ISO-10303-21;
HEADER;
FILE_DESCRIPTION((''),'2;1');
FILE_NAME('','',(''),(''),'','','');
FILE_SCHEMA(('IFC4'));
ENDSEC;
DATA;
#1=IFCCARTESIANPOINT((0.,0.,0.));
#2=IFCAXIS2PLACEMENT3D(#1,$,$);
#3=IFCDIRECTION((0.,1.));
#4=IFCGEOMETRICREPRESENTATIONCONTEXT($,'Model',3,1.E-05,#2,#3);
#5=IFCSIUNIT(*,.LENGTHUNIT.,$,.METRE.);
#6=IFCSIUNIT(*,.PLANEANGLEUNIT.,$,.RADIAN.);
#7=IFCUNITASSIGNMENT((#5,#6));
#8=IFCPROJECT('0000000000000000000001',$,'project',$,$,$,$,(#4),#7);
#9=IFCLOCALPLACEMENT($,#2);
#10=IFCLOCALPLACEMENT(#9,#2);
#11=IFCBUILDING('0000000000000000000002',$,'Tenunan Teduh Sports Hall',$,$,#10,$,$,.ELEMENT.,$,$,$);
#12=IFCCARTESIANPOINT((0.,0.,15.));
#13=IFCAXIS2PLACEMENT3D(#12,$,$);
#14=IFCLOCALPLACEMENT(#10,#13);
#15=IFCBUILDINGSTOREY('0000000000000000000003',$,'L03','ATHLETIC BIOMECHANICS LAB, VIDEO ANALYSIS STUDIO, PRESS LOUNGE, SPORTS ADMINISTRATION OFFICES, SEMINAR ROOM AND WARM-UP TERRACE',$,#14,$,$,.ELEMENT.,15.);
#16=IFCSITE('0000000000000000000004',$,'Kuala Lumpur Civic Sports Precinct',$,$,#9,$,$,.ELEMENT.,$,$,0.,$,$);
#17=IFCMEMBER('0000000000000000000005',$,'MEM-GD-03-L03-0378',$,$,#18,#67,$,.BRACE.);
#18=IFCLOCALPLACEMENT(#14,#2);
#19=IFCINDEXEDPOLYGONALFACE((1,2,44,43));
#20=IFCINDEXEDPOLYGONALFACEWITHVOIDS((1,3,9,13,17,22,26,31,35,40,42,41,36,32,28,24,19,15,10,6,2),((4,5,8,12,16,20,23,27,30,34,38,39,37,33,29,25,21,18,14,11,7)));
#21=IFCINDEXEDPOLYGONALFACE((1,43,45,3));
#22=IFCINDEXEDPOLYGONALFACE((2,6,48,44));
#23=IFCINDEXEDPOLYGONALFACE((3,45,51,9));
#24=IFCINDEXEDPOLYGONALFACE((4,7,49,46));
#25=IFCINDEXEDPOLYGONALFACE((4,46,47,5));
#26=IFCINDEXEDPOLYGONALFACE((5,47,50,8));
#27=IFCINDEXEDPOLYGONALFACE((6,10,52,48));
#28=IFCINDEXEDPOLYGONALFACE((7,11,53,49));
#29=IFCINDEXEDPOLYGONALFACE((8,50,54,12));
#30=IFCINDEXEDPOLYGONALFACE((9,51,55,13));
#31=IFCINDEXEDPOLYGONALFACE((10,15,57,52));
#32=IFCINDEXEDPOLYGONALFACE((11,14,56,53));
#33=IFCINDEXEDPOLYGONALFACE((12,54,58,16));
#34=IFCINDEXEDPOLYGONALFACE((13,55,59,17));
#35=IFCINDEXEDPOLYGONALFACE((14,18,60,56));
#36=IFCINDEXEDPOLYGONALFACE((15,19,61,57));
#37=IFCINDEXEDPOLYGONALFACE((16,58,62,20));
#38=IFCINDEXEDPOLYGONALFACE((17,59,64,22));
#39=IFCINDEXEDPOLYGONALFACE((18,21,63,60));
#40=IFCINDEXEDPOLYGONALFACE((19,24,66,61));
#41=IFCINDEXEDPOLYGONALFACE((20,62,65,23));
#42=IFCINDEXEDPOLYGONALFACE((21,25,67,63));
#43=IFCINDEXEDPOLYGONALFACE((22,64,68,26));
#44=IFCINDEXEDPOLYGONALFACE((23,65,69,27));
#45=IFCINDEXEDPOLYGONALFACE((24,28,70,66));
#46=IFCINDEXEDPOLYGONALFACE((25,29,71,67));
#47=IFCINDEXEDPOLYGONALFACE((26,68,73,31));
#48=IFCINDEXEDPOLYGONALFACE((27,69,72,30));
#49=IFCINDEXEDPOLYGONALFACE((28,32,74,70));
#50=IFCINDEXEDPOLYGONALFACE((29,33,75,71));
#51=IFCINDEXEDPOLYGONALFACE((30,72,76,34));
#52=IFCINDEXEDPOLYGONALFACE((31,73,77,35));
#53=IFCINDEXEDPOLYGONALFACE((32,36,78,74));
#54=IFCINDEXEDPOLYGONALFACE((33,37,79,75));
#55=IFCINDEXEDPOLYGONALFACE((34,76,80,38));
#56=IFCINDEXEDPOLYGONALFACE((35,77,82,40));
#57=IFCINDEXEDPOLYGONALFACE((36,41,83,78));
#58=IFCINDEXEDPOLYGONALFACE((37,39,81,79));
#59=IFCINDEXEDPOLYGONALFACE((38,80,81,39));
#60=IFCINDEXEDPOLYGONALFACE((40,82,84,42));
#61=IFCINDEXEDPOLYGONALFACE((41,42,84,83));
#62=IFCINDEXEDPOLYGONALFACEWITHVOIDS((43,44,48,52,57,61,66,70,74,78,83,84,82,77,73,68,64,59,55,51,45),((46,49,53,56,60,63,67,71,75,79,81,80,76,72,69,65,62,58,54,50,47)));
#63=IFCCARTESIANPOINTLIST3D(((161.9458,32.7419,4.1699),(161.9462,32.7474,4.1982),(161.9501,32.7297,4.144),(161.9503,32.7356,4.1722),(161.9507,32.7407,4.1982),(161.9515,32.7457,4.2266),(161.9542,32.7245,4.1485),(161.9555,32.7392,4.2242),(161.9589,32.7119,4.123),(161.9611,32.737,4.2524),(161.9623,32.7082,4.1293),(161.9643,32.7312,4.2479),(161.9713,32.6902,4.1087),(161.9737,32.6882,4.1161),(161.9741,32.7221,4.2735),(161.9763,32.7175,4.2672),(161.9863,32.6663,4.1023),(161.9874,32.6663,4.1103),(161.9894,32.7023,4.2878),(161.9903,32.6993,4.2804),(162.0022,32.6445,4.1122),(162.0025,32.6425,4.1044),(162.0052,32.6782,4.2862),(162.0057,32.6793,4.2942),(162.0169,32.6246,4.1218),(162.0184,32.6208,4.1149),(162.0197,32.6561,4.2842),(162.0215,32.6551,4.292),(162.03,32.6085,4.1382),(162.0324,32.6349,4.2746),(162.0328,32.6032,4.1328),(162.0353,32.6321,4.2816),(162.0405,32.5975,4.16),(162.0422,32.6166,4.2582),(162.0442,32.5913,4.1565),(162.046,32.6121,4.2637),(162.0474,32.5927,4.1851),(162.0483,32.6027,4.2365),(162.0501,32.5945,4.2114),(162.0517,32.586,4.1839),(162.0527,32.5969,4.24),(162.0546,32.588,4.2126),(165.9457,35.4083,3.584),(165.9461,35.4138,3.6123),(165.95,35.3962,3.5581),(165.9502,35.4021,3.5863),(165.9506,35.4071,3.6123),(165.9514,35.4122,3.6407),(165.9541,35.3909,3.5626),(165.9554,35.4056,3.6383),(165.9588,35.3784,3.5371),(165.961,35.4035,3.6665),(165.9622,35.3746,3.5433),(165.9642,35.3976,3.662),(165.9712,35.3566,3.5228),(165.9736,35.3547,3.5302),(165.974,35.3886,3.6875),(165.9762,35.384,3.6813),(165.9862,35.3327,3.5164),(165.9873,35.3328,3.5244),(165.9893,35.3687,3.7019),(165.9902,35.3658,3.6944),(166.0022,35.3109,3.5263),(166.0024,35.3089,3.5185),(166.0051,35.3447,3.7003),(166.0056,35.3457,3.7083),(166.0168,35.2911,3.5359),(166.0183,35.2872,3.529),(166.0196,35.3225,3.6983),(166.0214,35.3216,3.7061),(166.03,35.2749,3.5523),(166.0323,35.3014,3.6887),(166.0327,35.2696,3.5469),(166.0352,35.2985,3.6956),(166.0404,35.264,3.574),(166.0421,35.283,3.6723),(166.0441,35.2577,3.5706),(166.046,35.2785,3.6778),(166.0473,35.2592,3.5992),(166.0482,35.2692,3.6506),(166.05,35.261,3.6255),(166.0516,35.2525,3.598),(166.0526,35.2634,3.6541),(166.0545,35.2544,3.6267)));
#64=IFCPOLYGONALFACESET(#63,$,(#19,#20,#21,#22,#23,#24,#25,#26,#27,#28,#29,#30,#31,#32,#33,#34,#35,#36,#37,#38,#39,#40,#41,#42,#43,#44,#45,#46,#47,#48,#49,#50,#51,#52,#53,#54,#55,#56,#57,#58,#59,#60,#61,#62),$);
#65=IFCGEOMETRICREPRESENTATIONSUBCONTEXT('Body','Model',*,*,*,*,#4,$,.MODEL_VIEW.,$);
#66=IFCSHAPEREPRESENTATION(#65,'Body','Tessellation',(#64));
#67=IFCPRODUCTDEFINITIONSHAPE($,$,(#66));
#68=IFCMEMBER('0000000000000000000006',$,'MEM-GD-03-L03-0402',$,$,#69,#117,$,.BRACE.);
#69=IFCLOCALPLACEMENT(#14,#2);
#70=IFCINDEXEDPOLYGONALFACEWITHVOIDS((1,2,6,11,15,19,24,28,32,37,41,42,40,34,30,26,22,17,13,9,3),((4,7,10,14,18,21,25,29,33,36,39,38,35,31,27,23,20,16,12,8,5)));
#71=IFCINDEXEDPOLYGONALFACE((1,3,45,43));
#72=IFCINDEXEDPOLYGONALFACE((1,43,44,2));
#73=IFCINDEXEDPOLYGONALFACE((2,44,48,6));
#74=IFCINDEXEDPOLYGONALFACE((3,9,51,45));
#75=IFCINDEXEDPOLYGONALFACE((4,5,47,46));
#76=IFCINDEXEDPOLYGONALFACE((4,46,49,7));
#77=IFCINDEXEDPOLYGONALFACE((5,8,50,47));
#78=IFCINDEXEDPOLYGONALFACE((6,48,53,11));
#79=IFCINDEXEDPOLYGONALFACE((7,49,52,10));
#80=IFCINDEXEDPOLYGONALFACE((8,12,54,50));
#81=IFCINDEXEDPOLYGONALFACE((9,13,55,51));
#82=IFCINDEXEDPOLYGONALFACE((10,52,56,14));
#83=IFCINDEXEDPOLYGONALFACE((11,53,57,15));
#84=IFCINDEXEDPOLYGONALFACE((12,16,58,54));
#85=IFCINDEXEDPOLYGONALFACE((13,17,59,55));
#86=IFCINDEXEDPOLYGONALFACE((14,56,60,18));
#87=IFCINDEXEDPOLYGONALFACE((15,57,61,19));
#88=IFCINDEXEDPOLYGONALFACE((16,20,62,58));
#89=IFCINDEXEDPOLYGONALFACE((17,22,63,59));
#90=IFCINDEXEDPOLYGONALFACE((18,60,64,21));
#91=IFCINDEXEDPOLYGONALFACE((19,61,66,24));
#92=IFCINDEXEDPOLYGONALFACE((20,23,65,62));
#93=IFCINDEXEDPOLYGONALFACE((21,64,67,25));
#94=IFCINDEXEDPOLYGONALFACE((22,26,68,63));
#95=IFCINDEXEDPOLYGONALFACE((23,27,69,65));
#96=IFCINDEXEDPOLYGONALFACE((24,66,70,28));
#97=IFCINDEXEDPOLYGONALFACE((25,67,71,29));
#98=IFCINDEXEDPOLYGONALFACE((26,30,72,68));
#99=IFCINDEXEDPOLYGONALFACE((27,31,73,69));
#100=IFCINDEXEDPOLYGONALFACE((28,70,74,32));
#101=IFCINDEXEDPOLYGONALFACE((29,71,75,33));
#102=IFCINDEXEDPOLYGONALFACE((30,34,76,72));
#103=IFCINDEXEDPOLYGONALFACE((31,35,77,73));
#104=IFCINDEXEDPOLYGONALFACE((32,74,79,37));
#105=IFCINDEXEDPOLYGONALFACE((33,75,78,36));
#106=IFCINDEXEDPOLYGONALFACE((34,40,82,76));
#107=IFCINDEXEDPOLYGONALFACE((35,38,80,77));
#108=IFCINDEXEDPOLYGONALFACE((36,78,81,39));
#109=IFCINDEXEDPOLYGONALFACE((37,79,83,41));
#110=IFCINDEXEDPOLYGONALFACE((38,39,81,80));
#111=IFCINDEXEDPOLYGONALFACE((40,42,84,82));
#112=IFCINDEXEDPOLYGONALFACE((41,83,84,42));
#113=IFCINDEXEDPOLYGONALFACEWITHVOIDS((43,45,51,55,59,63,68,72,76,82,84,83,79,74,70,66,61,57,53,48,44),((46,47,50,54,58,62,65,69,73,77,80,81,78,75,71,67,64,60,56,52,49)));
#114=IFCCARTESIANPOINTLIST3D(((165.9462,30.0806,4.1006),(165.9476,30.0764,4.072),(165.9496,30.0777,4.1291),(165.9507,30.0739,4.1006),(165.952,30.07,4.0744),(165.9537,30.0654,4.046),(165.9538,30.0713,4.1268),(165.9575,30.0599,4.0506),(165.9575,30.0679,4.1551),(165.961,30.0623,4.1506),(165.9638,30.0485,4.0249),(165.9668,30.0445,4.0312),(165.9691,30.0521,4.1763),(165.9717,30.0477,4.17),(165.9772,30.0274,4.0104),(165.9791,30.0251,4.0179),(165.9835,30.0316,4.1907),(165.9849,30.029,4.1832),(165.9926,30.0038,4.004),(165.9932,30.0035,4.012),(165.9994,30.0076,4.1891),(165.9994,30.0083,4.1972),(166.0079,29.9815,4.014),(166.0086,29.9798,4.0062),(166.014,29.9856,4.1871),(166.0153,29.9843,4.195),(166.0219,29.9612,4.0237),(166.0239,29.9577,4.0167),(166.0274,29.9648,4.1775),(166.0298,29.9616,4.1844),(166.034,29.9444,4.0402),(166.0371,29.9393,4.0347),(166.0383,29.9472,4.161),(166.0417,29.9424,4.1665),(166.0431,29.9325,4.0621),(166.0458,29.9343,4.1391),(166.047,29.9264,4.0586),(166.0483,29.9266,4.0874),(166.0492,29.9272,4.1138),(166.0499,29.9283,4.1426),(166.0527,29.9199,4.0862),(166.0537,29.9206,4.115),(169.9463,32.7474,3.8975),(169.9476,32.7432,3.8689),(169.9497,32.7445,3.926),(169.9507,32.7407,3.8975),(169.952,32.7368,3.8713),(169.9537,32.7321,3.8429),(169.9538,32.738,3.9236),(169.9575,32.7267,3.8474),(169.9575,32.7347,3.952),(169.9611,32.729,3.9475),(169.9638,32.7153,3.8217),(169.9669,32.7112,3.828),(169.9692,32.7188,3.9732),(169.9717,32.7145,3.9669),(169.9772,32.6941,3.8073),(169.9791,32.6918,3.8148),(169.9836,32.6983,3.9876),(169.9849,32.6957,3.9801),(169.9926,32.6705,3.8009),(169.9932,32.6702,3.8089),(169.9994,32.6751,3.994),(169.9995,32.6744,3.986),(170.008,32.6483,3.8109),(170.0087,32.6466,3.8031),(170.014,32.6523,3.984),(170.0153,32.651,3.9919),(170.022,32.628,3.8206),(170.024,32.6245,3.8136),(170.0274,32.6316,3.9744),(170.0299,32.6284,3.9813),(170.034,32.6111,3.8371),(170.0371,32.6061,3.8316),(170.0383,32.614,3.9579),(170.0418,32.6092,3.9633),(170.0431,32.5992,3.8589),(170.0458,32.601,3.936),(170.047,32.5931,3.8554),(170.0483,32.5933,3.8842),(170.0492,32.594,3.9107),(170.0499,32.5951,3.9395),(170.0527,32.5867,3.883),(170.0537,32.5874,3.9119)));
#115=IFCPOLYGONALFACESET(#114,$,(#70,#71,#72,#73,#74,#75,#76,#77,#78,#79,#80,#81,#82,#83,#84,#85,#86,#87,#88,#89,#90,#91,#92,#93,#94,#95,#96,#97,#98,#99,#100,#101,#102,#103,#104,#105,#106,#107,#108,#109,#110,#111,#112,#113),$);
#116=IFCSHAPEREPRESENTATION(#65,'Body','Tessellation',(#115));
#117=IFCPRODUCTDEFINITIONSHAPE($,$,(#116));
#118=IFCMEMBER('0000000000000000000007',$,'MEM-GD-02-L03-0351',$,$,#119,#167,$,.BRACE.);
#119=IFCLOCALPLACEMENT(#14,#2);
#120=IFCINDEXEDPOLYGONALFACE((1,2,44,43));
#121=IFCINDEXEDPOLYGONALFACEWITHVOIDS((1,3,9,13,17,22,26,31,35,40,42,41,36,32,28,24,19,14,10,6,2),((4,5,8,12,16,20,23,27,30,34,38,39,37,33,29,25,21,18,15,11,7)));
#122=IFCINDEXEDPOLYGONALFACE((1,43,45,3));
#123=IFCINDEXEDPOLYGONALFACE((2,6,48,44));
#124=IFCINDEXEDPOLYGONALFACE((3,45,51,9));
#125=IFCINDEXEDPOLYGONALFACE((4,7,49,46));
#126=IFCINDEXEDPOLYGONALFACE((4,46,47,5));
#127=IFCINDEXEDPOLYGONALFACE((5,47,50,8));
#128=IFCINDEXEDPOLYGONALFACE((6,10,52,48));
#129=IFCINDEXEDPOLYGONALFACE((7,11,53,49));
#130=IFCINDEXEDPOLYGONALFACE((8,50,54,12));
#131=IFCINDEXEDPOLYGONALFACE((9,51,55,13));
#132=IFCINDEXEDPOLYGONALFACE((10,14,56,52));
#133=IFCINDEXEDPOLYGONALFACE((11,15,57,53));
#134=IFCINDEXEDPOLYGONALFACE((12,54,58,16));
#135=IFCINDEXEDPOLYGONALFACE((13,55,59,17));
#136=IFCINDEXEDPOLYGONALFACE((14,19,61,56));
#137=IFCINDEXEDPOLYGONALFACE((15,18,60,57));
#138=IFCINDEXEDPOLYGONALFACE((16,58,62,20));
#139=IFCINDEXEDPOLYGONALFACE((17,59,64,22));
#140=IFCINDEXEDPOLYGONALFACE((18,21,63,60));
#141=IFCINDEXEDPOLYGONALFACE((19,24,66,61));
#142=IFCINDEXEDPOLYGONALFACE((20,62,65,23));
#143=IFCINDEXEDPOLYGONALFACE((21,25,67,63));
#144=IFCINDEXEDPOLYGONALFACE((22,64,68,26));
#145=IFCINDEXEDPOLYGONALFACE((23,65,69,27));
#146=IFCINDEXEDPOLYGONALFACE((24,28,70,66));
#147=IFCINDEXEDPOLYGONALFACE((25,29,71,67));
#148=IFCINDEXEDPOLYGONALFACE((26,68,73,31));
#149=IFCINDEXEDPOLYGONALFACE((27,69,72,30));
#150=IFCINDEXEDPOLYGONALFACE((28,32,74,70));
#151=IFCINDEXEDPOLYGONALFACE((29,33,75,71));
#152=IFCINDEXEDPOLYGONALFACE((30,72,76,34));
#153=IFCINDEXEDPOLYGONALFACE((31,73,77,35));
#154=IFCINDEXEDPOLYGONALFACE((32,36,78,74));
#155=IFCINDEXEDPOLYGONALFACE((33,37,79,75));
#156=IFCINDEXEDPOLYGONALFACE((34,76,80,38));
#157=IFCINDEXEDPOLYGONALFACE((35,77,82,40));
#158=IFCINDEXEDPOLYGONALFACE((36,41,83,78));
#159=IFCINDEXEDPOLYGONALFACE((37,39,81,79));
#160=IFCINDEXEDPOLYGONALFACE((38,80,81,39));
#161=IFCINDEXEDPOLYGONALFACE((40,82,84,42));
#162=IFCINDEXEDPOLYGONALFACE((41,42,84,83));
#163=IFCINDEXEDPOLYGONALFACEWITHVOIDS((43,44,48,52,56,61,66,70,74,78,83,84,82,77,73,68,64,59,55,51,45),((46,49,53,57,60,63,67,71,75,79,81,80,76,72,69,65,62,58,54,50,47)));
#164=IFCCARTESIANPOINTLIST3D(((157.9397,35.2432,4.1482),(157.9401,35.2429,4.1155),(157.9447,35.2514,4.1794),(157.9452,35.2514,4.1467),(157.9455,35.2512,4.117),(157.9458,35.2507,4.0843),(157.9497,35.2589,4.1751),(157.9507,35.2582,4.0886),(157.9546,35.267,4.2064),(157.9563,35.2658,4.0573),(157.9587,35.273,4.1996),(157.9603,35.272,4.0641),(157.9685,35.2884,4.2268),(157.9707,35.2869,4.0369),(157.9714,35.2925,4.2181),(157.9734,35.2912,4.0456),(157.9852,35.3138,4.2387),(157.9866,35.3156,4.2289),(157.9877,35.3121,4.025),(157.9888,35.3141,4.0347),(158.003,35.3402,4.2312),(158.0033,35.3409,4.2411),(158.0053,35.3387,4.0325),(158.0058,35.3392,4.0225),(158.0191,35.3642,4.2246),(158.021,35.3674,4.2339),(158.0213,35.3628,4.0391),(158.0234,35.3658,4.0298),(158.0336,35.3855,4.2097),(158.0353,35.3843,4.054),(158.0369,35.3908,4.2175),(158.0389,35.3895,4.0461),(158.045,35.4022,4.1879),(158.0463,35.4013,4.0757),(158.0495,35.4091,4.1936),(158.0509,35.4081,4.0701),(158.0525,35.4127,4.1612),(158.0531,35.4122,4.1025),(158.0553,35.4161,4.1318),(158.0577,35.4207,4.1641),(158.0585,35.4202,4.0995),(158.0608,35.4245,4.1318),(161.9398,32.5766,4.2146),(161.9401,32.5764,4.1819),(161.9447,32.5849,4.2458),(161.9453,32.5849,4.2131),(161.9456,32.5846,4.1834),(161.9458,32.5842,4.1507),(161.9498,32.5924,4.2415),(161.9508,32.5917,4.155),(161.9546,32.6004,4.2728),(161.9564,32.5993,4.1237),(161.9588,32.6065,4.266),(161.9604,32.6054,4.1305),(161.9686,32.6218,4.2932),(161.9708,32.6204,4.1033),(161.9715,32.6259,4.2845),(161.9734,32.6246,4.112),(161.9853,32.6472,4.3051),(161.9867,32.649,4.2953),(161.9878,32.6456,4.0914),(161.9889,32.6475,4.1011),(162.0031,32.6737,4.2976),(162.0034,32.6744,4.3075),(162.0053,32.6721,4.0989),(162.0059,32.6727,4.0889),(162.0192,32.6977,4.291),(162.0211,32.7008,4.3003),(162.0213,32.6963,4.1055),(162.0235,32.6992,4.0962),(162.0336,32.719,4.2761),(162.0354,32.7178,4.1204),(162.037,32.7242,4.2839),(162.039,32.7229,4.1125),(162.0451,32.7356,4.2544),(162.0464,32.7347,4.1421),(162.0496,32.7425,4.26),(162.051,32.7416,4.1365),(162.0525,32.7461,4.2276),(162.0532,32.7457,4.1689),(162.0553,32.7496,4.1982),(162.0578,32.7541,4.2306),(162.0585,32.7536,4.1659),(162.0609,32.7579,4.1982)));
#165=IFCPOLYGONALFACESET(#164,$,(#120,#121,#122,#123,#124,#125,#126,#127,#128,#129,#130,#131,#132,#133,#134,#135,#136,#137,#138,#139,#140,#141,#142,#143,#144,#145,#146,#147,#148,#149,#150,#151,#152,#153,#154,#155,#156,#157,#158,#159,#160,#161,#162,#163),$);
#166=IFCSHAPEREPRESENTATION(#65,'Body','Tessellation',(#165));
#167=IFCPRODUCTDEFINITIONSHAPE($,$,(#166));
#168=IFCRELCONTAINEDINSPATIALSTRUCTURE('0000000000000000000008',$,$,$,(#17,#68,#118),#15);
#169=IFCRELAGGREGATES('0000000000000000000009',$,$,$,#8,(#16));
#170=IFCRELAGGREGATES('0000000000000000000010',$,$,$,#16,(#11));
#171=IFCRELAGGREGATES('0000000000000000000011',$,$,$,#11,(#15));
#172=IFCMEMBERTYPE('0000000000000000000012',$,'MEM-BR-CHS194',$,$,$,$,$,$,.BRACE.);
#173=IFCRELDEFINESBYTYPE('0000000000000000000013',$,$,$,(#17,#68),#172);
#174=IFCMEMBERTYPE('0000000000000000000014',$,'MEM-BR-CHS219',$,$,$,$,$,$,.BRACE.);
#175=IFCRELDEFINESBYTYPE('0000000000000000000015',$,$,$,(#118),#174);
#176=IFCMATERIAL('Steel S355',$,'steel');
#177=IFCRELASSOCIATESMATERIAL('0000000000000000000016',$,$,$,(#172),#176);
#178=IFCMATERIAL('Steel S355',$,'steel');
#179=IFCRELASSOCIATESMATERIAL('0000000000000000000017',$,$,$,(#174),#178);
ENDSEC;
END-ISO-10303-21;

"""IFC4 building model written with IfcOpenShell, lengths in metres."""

from ifc_helpers import new_model, si_unit, direction, frame, origin, origin_2d, place, context, subcontext, project, spatial, hollow_circle, extrude, material, material_profile, profile_set, type_object, element, save


model = new_model("IFC4")

# Units and contexts
model_context = context("Model", 3, precision=1e-05, world=origin(), true_north=direction((0.0, 1.0)))
body_context = subcontext(model_context, "Body", "Model", "MODEL_VIEW")
ifc_project = project(units=[si_unit("LENGTHUNIT", "METRE"), si_unit("PLANEANGLEUNIT", "RADIAN")], contexts=[model_context])

# Site, building, storey
site_placement = place(None, origin())
site = spatial("IfcSite", under=ifc_project, at=site_placement, Name="Kuala Lumpur Civic Sports Precinct", CompositionType="ELEMENT", RefElevation=0.0)
building_placement = place(site_placement, origin())
building = spatial("IfcBuilding", under=site, at=building_placement, Name="Tenunan Teduh Sports Hall", CompositionType="ELEMENT")
storey_placement = place(building_placement, frame((0.0, 0.0, 15.0)))
storey = spatial("IfcBuildingStorey", under=building, at=storey_placement, Name="L03", Description="ATHLETIC BIOMECHANICS LAB, VIDEO ANALYSIS STUDIO, PRESS LOUNGE, SPORTS ADMINISTRATION OFFICES, SEMINAR ROOM AND WARM-UP TERRACE", CompositionType="ELEMENT", Elevation=15.0)

# Members
ifc_material_1 = material(Name="Steel S355", Category="steel")
ifc_material_profile_1 = material_profile(ifc_material_1, hollow_circle(Radius=0.0969, WallThickness=0.0081, at=origin_2d()), Name="CHS 193.7x8.0")
ifc_profile_set_1 = profile_set([ifc_material_profile_1], Name="Steel S355")
member_type_1 = type_object("IfcMemberType", Name="MEM-BR-CHS194", PredefinedType="BRACE", material=ifc_profile_set_1)
member_1_placement = place(storey_placement, frame((162.0, 32.6667, 4.1982), z_axis=(0.825953, 0.550602, -0.120989), x_axis=(-0.554677, 0.832066, 0.0)))
element("IfcMember", 1, at=member_1_placement, inside=storey, type_object=member_type_1, Name="MEM-GD-03-L03-0378", PredefinedType="BRACE", context=body_context, shape_type="SweptSolid", body=[
    extrude(hollow_circle(Radius=0.0969, WallThickness=0.0081, at=origin_2d()), origin(), (0.0, 0.0, 1.0), 4.8428),
])
member_2_placement = place(storey_placement, frame((166.0, 30.0, 4.1006), z_axis=(0.831301, 0.554217, -0.042214), x_axis=(-0.554712, 0.832042, 0.0)))
element("IfcMember", 2, at=member_2_placement, inside=storey, type_object=member_type_1, Name="MEM-GD-03-L03-0402", PredefinedType="BRACE", context=body_context, shape_type="SweptSolid", body=[
    extrude(hollow_circle(Radius=0.0969, WallThickness=0.0081, at=origin_2d()), origin(), (0.0, 0.0, 1.0), 4.8118),
])
ifc_material_2 = material(Name="Steel S355", Category="steel")
ifc_material_profile_2 = material_profile(ifc_material_2, hollow_circle(Radius=0.1096, WallThickness=0.01, at=origin_2d()), Name="CHS 219.1x10.0")
ifc_profile_set_2 = profile_set([ifc_material_profile_2], Name="Steel S355")
member_type_2 = type_object("IfcMemberType", Name="MEM-BR-CHS219", PredefinedType="BRACE", material=ifc_profile_set_2)
member_3_placement = place(storey_placement, frame((158.0, 35.3333, 4.1318), z_axis=(0.831987, -0.554624, 0.013812), x_axis=(0.554677, 0.832066, 0.0)))
element("IfcMember", 3, at=member_3_placement, inside=storey, type_object=member_type_2, Name="MEM-GD-02-L03-0351", PredefinedType="BRACE", context=body_context, shape_type="SweptSolid", body=[
    extrude(hollow_circle(Radius=0.1096, WallThickness=0.01, at=origin_2d()), origin(), (0.0, 0.0, 1.0), 4.8079),
])

save(model, "model.ifc")
